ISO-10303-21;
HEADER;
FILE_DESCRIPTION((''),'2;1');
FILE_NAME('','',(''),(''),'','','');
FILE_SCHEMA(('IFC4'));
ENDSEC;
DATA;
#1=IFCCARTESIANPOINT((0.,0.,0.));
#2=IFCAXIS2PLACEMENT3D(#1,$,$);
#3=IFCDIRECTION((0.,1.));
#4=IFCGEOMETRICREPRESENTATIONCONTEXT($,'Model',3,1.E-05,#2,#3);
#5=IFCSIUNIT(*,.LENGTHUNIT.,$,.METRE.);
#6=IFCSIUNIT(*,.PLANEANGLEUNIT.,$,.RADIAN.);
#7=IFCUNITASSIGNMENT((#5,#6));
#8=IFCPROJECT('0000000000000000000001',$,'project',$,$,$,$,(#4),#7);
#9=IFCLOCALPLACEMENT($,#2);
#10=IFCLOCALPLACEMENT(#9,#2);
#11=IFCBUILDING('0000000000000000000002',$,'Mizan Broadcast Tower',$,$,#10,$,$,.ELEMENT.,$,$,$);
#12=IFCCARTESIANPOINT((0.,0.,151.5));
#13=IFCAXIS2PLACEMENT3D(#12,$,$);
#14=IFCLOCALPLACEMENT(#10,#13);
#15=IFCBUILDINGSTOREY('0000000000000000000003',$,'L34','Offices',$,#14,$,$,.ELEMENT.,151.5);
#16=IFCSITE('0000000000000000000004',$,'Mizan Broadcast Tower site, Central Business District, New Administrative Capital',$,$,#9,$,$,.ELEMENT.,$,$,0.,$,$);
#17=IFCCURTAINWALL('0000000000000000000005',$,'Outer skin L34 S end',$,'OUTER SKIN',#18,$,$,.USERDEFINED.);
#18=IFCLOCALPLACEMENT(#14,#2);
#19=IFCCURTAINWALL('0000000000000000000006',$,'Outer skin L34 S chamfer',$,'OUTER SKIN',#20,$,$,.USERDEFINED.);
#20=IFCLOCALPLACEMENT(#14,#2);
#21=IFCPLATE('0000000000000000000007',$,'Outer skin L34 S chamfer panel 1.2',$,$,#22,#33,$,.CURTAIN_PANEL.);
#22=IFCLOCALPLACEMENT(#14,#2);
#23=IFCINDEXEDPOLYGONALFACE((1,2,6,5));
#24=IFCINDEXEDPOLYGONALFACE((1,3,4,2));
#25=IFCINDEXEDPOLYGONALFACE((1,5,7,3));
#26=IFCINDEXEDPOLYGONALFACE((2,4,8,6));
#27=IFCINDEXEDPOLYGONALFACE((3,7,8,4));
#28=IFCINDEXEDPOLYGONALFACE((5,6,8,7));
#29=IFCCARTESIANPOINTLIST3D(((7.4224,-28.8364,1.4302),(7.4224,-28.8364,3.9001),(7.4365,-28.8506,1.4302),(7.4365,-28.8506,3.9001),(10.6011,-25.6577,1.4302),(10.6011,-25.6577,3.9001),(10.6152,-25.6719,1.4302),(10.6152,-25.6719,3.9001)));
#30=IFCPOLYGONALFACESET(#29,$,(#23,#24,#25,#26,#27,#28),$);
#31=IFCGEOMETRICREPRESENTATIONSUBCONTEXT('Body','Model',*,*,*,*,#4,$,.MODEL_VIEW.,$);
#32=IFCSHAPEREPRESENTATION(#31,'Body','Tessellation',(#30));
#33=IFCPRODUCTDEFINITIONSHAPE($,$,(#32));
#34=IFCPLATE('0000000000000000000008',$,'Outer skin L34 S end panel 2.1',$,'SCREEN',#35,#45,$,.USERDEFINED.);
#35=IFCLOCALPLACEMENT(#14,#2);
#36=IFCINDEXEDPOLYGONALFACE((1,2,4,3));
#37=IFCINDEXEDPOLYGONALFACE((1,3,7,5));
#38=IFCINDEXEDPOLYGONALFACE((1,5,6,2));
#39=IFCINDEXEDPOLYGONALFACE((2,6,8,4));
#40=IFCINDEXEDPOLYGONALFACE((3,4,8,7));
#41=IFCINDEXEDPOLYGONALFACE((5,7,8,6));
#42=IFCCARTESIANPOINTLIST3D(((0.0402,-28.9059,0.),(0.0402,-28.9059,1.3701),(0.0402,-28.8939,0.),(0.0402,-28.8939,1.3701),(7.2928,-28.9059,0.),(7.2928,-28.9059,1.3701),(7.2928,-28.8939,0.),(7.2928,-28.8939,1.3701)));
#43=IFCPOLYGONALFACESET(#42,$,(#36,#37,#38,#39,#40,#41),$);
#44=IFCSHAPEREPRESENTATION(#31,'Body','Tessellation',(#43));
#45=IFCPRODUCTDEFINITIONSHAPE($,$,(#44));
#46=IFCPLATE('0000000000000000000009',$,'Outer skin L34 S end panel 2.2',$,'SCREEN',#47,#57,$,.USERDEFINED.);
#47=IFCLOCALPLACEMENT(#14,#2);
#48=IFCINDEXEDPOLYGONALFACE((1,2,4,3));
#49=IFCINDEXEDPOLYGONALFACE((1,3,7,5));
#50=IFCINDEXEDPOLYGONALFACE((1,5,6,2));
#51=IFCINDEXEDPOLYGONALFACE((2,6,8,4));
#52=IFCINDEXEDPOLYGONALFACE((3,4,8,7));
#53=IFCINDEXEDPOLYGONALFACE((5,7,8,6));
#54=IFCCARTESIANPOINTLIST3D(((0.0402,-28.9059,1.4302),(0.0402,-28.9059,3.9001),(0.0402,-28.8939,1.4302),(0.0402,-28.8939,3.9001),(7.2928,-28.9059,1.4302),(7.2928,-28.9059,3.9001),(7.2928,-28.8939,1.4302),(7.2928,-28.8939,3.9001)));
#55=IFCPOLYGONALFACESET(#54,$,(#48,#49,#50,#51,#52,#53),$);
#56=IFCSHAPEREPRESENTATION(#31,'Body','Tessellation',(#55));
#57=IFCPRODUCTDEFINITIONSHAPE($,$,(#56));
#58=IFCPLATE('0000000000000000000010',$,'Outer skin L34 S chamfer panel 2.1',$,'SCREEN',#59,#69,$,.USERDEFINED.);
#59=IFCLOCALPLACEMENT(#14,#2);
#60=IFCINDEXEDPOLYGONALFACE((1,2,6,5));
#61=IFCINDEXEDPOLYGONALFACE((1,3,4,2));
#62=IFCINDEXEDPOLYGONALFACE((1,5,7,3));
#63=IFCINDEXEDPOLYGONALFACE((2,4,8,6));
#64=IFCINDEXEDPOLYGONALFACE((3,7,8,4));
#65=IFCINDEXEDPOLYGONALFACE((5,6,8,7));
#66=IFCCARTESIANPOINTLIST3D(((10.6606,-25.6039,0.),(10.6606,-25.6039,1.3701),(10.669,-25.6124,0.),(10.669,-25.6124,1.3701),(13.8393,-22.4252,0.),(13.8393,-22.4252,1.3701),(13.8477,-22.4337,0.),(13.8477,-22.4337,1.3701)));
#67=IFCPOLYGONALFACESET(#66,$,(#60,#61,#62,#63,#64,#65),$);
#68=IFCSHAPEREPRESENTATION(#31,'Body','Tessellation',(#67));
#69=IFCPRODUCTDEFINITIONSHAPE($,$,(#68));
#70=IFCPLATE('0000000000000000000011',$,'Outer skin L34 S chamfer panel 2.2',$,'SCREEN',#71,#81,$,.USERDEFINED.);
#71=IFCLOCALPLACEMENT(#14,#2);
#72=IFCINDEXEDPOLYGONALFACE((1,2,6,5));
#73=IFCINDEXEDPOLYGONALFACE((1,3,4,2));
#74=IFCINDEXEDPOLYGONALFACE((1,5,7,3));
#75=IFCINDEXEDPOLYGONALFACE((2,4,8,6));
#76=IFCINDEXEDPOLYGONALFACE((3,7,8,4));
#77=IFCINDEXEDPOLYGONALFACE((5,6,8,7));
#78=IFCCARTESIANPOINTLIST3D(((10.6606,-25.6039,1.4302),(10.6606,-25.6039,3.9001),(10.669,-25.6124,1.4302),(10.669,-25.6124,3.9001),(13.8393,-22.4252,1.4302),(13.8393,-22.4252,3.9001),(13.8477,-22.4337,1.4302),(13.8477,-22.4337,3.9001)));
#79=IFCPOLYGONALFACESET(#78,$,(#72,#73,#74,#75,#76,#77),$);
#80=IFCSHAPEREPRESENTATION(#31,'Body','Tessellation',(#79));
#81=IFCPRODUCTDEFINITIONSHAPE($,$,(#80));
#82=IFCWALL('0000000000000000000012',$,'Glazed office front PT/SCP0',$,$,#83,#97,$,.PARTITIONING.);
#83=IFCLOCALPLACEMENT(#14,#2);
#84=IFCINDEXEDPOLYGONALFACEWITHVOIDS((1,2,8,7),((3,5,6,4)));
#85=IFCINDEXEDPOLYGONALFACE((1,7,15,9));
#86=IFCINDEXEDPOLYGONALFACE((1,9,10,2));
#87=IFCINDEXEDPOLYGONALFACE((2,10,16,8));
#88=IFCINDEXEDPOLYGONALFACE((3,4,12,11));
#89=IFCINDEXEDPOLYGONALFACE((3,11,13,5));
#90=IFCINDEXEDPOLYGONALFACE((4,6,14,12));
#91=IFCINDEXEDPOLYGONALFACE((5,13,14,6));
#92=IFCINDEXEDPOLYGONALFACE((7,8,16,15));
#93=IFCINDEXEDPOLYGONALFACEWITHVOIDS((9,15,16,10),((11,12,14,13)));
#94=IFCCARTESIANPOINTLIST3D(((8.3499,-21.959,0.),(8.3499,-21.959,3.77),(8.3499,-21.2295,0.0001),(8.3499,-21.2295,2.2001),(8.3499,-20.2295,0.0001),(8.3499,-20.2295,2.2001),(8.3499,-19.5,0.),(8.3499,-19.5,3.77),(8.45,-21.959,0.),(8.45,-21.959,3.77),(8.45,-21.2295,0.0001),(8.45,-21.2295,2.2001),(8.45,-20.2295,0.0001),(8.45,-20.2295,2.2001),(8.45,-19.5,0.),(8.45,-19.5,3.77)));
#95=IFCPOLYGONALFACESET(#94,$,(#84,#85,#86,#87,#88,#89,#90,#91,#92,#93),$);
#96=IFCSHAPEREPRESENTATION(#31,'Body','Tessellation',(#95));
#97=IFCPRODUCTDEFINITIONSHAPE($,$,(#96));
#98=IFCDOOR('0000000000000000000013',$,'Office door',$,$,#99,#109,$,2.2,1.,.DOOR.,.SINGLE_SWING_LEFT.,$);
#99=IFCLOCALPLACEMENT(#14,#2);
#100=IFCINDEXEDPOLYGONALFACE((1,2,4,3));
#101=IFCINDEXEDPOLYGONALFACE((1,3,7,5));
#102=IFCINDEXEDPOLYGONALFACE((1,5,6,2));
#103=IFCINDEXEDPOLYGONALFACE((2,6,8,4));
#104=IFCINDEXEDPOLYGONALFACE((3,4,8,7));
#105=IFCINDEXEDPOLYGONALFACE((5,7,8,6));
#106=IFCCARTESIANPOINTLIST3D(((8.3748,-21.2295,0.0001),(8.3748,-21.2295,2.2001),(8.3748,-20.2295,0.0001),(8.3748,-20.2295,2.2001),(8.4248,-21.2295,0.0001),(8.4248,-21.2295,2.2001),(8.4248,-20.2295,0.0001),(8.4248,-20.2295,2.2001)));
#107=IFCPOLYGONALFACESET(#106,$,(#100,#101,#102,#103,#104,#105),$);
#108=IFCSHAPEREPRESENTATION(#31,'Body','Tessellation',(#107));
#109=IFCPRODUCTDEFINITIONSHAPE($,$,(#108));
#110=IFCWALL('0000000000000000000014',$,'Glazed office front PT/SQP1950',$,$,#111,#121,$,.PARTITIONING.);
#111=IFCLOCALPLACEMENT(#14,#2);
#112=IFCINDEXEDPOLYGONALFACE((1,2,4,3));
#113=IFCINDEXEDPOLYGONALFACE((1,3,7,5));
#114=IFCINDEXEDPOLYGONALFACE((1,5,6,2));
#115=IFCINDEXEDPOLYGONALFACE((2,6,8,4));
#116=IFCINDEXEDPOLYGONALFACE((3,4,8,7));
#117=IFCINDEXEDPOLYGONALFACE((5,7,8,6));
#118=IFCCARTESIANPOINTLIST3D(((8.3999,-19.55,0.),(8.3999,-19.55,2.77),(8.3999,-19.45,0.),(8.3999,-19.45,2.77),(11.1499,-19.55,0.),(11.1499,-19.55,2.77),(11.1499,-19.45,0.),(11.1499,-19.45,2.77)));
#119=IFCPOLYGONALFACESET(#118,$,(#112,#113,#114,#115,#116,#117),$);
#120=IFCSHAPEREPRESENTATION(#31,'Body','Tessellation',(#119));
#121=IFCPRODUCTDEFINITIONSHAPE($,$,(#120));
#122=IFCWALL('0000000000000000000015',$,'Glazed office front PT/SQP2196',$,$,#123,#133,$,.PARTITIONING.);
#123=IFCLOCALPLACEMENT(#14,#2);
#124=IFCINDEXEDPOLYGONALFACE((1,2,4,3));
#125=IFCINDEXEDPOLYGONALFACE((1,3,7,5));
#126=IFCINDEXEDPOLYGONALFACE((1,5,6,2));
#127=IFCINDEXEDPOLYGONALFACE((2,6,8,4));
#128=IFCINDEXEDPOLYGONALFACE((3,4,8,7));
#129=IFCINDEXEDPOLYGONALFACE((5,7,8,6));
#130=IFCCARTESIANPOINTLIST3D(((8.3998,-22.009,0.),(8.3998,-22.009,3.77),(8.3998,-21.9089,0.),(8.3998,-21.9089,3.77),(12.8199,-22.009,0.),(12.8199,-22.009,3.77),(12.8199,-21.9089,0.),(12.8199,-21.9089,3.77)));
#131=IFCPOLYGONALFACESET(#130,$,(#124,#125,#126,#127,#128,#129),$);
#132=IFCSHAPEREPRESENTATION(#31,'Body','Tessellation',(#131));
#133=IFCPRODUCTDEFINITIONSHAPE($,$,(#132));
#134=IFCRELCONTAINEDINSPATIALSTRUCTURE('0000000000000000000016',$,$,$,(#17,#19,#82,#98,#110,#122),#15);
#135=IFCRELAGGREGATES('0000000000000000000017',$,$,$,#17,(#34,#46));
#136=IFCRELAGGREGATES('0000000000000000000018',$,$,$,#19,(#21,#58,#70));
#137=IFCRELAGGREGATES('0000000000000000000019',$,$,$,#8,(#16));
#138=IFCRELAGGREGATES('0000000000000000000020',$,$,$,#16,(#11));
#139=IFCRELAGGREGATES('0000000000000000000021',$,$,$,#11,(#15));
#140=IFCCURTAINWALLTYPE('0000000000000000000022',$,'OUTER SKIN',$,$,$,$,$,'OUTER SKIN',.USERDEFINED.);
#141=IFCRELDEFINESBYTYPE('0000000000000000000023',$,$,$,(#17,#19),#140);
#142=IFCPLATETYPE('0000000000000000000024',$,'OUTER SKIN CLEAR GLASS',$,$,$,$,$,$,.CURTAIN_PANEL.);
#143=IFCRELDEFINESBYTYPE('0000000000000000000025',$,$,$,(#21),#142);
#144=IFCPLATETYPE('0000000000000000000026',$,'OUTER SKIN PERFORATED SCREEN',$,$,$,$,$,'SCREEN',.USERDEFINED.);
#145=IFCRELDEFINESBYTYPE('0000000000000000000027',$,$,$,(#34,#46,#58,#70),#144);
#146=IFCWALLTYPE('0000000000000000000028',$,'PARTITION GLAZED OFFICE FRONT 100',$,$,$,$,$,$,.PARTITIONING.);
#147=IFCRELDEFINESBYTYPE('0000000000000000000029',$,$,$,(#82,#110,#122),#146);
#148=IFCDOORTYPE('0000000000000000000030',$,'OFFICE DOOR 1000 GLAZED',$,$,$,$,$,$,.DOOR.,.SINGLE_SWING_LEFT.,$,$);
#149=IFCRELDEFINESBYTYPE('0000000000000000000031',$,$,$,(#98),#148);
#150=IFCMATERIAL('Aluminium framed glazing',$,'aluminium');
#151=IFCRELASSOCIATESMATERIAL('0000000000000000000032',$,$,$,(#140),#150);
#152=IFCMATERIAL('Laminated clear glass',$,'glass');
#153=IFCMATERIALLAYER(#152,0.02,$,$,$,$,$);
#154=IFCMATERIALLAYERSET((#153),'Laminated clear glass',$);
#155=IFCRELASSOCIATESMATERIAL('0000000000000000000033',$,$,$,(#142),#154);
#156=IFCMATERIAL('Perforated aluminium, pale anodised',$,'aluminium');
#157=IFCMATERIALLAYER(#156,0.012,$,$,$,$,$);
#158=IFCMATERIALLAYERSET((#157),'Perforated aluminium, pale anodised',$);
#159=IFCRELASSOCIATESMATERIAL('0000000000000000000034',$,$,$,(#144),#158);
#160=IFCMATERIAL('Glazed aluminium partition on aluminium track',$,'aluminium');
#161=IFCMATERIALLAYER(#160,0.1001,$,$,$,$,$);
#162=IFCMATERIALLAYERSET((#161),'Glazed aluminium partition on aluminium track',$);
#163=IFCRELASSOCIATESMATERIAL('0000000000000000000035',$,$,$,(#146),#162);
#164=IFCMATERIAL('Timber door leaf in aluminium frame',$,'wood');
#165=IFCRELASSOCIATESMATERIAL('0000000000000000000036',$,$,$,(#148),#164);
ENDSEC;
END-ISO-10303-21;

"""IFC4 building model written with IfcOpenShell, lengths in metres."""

from ifc_helpers import new_model, si_unit, direction, frame, frame_2d, origin, origin_2d, place, context, subcontext, project, spatial, rectangle, extrude, material, layer, layer_set, type_object, element, fill, aggregate, save


model = new_model("IFC4")

# Units and contexts
model_context = context("Model", 3, precision=1e-05, world=origin(), true_north=direction((0.0, 1.0)))
body_context = subcontext(model_context, "Body", "Model", "MODEL_VIEW")
ifc_project = project(units=[si_unit("LENGTHUNIT", "METRE"), si_unit("PLANEANGLEUNIT", "RADIAN")], contexts=[model_context])

# Site, building, storey
site_placement = place(None, origin())
site = spatial("IfcSite", under=ifc_project, at=site_placement, Name="Mizan Broadcast Tower site, Central Business District, New Administrative Capital", CompositionType="ELEMENT", RefElevation=0.0)
building_placement = place(site_placement, origin())
building = spatial("IfcBuilding", under=site, at=building_placement, Name="Mizan Broadcast Tower", CompositionType="ELEMENT")
storey_placement = place(building_placement, frame((0.0, 0.0, 151.5)))
storey = spatial("IfcBuildingStorey", under=building, at=storey_placement, Name="L34", Description="Offices", CompositionType="ELEMENT", Elevation=151.5)

# Curtain wall
ifc_material_1 = material(Name="Aluminium framed glazing", Category="aluminium")
curtain_wall_type_1 = type_object("IfcCurtainWallType", Name="OUTER SKIN", ElementType="OUTER SKIN", PredefinedType="USERDEFINED", material=ifc_material_1)
curtain_wall_1_placement = place(storey_placement, origin())
curtain_wall_1 = element("IfcCurtainWall", 1, at=curtain_wall_1_placement, inside=storey, type_object=curtain_wall_type_1, Name="Outer skin L34 S end", ObjectType="OUTER SKIN", PredefinedType="USERDEFINED")

# Curtain wall
curtain_wall_2_placement = place(storey_placement, origin())
curtain_wall_2 = element("IfcCurtainWall", 2, at=curtain_wall_2_placement, inside=storey, type_object=curtain_wall_type_1, Name="Outer skin L34 S chamfer", ObjectType="OUTER SKIN", PredefinedType="USERDEFINED")

# Plates
ifc_material_2 = material(Name="Laminated clear glass", Category="glass")
ifc_layer_1 = layer(ifc_material_2, 0.02)
ifc_layer_set_1 = layer_set([ifc_layer_1], Name="Laminated clear glass")
plate_type_1 = type_object("IfcPlateType", Name="OUTER SKIN CLEAR GLASS", PredefinedType="CURTAIN_PANEL", material=ifc_layer_set_1)
plate_1_placement = place(storey_placement, frame((9.0188, -27.2542, 1.4302), z_axis=(0.0, 0.0, 1.0), x_axis=(0.707107, 0.707107, 0.0)))
plate_1 = element("IfcPlate", 3, at=plate_1_placement, type_object=plate_type_1, Name="Outer skin L34 S chamfer panel 1.2", PredefinedType="CURTAIN_PANEL", context=body_context, shape_type="SweptSolid", body=[
    extrude(rectangle(XDim=4.4954, YDim=0.02, at=origin_2d()), origin(), (0.0, 0.0, 1.0), 2.47),
])
ifc_material_3 = material(Name="Perforated aluminium, pale anodised", Category="aluminium")
ifc_layer_2 = layer(ifc_material_3, 0.012)
ifc_layer_set_2 = layer_set([ifc_layer_2], Name="Perforated aluminium, pale anodised")
plate_type_2 = type_object("IfcPlateType", Name="OUTER SKIN PERFORATED SCREEN", ElementType="SCREEN", PredefinedType="USERDEFINED", material=ifc_layer_set_2)
plate_2_placement = place(storey_placement, frame((3.6665, -28.8999, 0.0), z_axis=(0.0, 0.0, 1.0), x_axis=(1.0, 0.0, 0.0)))
plate_2 = element("IfcPlate", 4, at=plate_2_placement, type_object=plate_type_2, Name="Outer skin L34 S end panel 2.1", ObjectType="SCREEN", PredefinedType="USERDEFINED", context=body_context, shape_type="SweptSolid", body=[
    extrude(rectangle(XDim=7.2527, YDim=0.012, at=origin_2d()), origin(), (0.0, 0.0, 1.0), 1.3701),
])
plate_3_placement = place(storey_placement, frame((3.6665, -28.8999, 1.4302), z_axis=(0.0, 0.0, 1.0), x_axis=(1.0, 0.0, 0.0)))
plate_3 = element("IfcPlate", 5, at=plate_3_placement, type_object=plate_type_2, Name="Outer skin L34 S end panel 2.2", ObjectType="SCREEN", PredefinedType="USERDEFINED", context=body_context, shape_type="SweptSolid", body=[
    extrude(rectangle(XDim=7.2527, YDim=0.012, at=origin_2d()), origin(), (0.0, 0.0, 1.0), 2.47),
])
aggregate(curtain_wall_1, [plate_2, plate_3])
plate_4_placement = place(storey_placement, frame((12.2542, -24.0188, 0.0), z_axis=(0.0, 0.0, 1.0), x_axis=(0.707107, 0.707107, 0.0)))
plate_4 = element("IfcPlate", 6, at=plate_4_placement, type_object=plate_type_2, Name="Outer skin L34 S chamfer panel 2.1", ObjectType="SCREEN", PredefinedType="USERDEFINED", context=body_context, shape_type="SweptSolid", body=[
    extrude(rectangle(XDim=4.4954, YDim=0.012, at=origin_2d()), origin(), (0.0, 0.0, 1.0), 1.3701),
])
plate_5_placement = place(storey_placement, frame((12.2542, -24.0188, 1.4302), z_axis=(0.0, 0.0, 1.0), x_axis=(0.707107, 0.707107, 0.0)))
plate_5 = element("IfcPlate", 7, at=plate_5_placement, type_object=plate_type_2, Name="Outer skin L34 S chamfer panel 2.2", ObjectType="SCREEN", PredefinedType="USERDEFINED", context=body_context, shape_type="SweptSolid", body=[
    extrude(rectangle(XDim=4.4954, YDim=0.012, at=origin_2d()), origin(), (0.0, 0.0, 1.0), 2.47),
])
aggregate(curtain_wall_2, [plate_1, plate_4, plate_5])

# Wall, opening, door
ifc_material_4 = material(Name="Glazed aluminium partition on aluminium track", Category="aluminium")
ifc_layer_3 = layer(ifc_material_4, 0.1001)
ifc_layer_set_3 = layer_set([ifc_layer_3], Name="Glazed aluminium partition on aluminium track")
wall_type = type_object("IfcWallType", Name="PARTITION GLAZED OFFICE FRONT 100", PredefinedType="PARTITIONING", material=ifc_layer_set_3)
wall_1_placement = place(storey_placement, frame((8.3999, -19.5, 0.0), z_axis=(0.0, 0.0, 1.0), x_axis=(0.0, -1.0, 0.0)))
wall_1 = element("IfcWall", 8, at=wall_1_placement, inside=storey, type_object=wall_type, Name="Glazed office front PT/SCP0", PredefinedType="PARTITIONING", context=body_context, shape_type="SweptSolid", body=[
    extrude(rectangle(XDim=2.459, YDim=0.1001, at=frame_2d((1.2295, 0.0))), origin(), (0.0, 0.0, 1.0), 3.77),
])
opening_placement = place(wall_1_placement, frame((0.7295, 0.0, 0.0)))
opening = element("IfcOpeningElement", 9, at=opening_placement, cuts=wall_1, PredefinedType="OPENING", context=body_context, shape_type="SweptSolid", body=[
    extrude(rectangle(XDim=1.0, YDim=2.2, at=frame_2d((0.5, 1.1001))), frame((0.0, 0.0601, 0.0), z_axis=(0.0, -1.0, 0.0), x_axis=(1.0, 0.0, 0.0)), (0.0, 0.0, 1.0), 0.1201),
])
ifc_material_5 = material(Name="Timber door leaf in aluminium frame", Category="wood")
door_type = type_object("IfcDoorType", Name="OFFICE DOOR 1000 GLAZED", OperationType="SINGLE_SWING_LEFT", PredefinedType="DOOR", material=ifc_material_5)
door_placement = place(opening_placement, origin())
door = element("IfcDoor", 10, at=door_placement, inside=storey, type_object=door_type, Name="Office door", OperationType="SINGLE_SWING_LEFT", OverallHeight=2.2, OverallWidth=1.0, PredefinedType="DOOR", context=body_context, shape_type="SweptSolid", body=[
    extrude(rectangle(XDim=1.0, YDim=2.2, at=frame_2d((0.5, 1.1001))), frame((0.0, 0.0249, 0.0), z_axis=(0.0, -1.0, 0.0), x_axis=(1.0, 0.0, 0.0)), (0.0, 0.0, 1.0), 0.05),
])
fill(opening, door)

# Walls
wall_2_placement = place(storey_placement, frame((8.3999, -19.5, 0.0), z_axis=(0.0, 0.0, 1.0), x_axis=(1.0, 0.0, 0.0)))
element("IfcWall", 11, at=wall_2_placement, inside=storey, type_object=wall_type, Name="Glazed office front PT/SQP1950", PredefinedType="PARTITIONING", context=body_context, shape_type="SweptSolid", body=[
    extrude(rectangle(XDim=2.75, YDim=0.1001, at=frame_2d((1.375, 0.0))), origin(), (0.0, 0.0, 1.0), 2.77),
])
wall_3_placement = place(storey_placement, frame((8.3999, -21.959, 0.0), z_axis=(0.0, 0.0, 1.0), x_axis=(1.0, 0.0, 0.0)))
element("IfcWall", 12, at=wall_3_placement, inside=storey, type_object=wall_type, Name="Glazed office front PT/SQP2196", PredefinedType="PARTITIONING", context=body_context, shape_type="SweptSolid", body=[
    extrude(rectangle(XDim=4.4202, YDim=0.1001, at=frame_2d((2.21, 0.0))), origin(), (0.0, 0.0, 1.0), 3.77),
])

save(model, "model.ifc")
